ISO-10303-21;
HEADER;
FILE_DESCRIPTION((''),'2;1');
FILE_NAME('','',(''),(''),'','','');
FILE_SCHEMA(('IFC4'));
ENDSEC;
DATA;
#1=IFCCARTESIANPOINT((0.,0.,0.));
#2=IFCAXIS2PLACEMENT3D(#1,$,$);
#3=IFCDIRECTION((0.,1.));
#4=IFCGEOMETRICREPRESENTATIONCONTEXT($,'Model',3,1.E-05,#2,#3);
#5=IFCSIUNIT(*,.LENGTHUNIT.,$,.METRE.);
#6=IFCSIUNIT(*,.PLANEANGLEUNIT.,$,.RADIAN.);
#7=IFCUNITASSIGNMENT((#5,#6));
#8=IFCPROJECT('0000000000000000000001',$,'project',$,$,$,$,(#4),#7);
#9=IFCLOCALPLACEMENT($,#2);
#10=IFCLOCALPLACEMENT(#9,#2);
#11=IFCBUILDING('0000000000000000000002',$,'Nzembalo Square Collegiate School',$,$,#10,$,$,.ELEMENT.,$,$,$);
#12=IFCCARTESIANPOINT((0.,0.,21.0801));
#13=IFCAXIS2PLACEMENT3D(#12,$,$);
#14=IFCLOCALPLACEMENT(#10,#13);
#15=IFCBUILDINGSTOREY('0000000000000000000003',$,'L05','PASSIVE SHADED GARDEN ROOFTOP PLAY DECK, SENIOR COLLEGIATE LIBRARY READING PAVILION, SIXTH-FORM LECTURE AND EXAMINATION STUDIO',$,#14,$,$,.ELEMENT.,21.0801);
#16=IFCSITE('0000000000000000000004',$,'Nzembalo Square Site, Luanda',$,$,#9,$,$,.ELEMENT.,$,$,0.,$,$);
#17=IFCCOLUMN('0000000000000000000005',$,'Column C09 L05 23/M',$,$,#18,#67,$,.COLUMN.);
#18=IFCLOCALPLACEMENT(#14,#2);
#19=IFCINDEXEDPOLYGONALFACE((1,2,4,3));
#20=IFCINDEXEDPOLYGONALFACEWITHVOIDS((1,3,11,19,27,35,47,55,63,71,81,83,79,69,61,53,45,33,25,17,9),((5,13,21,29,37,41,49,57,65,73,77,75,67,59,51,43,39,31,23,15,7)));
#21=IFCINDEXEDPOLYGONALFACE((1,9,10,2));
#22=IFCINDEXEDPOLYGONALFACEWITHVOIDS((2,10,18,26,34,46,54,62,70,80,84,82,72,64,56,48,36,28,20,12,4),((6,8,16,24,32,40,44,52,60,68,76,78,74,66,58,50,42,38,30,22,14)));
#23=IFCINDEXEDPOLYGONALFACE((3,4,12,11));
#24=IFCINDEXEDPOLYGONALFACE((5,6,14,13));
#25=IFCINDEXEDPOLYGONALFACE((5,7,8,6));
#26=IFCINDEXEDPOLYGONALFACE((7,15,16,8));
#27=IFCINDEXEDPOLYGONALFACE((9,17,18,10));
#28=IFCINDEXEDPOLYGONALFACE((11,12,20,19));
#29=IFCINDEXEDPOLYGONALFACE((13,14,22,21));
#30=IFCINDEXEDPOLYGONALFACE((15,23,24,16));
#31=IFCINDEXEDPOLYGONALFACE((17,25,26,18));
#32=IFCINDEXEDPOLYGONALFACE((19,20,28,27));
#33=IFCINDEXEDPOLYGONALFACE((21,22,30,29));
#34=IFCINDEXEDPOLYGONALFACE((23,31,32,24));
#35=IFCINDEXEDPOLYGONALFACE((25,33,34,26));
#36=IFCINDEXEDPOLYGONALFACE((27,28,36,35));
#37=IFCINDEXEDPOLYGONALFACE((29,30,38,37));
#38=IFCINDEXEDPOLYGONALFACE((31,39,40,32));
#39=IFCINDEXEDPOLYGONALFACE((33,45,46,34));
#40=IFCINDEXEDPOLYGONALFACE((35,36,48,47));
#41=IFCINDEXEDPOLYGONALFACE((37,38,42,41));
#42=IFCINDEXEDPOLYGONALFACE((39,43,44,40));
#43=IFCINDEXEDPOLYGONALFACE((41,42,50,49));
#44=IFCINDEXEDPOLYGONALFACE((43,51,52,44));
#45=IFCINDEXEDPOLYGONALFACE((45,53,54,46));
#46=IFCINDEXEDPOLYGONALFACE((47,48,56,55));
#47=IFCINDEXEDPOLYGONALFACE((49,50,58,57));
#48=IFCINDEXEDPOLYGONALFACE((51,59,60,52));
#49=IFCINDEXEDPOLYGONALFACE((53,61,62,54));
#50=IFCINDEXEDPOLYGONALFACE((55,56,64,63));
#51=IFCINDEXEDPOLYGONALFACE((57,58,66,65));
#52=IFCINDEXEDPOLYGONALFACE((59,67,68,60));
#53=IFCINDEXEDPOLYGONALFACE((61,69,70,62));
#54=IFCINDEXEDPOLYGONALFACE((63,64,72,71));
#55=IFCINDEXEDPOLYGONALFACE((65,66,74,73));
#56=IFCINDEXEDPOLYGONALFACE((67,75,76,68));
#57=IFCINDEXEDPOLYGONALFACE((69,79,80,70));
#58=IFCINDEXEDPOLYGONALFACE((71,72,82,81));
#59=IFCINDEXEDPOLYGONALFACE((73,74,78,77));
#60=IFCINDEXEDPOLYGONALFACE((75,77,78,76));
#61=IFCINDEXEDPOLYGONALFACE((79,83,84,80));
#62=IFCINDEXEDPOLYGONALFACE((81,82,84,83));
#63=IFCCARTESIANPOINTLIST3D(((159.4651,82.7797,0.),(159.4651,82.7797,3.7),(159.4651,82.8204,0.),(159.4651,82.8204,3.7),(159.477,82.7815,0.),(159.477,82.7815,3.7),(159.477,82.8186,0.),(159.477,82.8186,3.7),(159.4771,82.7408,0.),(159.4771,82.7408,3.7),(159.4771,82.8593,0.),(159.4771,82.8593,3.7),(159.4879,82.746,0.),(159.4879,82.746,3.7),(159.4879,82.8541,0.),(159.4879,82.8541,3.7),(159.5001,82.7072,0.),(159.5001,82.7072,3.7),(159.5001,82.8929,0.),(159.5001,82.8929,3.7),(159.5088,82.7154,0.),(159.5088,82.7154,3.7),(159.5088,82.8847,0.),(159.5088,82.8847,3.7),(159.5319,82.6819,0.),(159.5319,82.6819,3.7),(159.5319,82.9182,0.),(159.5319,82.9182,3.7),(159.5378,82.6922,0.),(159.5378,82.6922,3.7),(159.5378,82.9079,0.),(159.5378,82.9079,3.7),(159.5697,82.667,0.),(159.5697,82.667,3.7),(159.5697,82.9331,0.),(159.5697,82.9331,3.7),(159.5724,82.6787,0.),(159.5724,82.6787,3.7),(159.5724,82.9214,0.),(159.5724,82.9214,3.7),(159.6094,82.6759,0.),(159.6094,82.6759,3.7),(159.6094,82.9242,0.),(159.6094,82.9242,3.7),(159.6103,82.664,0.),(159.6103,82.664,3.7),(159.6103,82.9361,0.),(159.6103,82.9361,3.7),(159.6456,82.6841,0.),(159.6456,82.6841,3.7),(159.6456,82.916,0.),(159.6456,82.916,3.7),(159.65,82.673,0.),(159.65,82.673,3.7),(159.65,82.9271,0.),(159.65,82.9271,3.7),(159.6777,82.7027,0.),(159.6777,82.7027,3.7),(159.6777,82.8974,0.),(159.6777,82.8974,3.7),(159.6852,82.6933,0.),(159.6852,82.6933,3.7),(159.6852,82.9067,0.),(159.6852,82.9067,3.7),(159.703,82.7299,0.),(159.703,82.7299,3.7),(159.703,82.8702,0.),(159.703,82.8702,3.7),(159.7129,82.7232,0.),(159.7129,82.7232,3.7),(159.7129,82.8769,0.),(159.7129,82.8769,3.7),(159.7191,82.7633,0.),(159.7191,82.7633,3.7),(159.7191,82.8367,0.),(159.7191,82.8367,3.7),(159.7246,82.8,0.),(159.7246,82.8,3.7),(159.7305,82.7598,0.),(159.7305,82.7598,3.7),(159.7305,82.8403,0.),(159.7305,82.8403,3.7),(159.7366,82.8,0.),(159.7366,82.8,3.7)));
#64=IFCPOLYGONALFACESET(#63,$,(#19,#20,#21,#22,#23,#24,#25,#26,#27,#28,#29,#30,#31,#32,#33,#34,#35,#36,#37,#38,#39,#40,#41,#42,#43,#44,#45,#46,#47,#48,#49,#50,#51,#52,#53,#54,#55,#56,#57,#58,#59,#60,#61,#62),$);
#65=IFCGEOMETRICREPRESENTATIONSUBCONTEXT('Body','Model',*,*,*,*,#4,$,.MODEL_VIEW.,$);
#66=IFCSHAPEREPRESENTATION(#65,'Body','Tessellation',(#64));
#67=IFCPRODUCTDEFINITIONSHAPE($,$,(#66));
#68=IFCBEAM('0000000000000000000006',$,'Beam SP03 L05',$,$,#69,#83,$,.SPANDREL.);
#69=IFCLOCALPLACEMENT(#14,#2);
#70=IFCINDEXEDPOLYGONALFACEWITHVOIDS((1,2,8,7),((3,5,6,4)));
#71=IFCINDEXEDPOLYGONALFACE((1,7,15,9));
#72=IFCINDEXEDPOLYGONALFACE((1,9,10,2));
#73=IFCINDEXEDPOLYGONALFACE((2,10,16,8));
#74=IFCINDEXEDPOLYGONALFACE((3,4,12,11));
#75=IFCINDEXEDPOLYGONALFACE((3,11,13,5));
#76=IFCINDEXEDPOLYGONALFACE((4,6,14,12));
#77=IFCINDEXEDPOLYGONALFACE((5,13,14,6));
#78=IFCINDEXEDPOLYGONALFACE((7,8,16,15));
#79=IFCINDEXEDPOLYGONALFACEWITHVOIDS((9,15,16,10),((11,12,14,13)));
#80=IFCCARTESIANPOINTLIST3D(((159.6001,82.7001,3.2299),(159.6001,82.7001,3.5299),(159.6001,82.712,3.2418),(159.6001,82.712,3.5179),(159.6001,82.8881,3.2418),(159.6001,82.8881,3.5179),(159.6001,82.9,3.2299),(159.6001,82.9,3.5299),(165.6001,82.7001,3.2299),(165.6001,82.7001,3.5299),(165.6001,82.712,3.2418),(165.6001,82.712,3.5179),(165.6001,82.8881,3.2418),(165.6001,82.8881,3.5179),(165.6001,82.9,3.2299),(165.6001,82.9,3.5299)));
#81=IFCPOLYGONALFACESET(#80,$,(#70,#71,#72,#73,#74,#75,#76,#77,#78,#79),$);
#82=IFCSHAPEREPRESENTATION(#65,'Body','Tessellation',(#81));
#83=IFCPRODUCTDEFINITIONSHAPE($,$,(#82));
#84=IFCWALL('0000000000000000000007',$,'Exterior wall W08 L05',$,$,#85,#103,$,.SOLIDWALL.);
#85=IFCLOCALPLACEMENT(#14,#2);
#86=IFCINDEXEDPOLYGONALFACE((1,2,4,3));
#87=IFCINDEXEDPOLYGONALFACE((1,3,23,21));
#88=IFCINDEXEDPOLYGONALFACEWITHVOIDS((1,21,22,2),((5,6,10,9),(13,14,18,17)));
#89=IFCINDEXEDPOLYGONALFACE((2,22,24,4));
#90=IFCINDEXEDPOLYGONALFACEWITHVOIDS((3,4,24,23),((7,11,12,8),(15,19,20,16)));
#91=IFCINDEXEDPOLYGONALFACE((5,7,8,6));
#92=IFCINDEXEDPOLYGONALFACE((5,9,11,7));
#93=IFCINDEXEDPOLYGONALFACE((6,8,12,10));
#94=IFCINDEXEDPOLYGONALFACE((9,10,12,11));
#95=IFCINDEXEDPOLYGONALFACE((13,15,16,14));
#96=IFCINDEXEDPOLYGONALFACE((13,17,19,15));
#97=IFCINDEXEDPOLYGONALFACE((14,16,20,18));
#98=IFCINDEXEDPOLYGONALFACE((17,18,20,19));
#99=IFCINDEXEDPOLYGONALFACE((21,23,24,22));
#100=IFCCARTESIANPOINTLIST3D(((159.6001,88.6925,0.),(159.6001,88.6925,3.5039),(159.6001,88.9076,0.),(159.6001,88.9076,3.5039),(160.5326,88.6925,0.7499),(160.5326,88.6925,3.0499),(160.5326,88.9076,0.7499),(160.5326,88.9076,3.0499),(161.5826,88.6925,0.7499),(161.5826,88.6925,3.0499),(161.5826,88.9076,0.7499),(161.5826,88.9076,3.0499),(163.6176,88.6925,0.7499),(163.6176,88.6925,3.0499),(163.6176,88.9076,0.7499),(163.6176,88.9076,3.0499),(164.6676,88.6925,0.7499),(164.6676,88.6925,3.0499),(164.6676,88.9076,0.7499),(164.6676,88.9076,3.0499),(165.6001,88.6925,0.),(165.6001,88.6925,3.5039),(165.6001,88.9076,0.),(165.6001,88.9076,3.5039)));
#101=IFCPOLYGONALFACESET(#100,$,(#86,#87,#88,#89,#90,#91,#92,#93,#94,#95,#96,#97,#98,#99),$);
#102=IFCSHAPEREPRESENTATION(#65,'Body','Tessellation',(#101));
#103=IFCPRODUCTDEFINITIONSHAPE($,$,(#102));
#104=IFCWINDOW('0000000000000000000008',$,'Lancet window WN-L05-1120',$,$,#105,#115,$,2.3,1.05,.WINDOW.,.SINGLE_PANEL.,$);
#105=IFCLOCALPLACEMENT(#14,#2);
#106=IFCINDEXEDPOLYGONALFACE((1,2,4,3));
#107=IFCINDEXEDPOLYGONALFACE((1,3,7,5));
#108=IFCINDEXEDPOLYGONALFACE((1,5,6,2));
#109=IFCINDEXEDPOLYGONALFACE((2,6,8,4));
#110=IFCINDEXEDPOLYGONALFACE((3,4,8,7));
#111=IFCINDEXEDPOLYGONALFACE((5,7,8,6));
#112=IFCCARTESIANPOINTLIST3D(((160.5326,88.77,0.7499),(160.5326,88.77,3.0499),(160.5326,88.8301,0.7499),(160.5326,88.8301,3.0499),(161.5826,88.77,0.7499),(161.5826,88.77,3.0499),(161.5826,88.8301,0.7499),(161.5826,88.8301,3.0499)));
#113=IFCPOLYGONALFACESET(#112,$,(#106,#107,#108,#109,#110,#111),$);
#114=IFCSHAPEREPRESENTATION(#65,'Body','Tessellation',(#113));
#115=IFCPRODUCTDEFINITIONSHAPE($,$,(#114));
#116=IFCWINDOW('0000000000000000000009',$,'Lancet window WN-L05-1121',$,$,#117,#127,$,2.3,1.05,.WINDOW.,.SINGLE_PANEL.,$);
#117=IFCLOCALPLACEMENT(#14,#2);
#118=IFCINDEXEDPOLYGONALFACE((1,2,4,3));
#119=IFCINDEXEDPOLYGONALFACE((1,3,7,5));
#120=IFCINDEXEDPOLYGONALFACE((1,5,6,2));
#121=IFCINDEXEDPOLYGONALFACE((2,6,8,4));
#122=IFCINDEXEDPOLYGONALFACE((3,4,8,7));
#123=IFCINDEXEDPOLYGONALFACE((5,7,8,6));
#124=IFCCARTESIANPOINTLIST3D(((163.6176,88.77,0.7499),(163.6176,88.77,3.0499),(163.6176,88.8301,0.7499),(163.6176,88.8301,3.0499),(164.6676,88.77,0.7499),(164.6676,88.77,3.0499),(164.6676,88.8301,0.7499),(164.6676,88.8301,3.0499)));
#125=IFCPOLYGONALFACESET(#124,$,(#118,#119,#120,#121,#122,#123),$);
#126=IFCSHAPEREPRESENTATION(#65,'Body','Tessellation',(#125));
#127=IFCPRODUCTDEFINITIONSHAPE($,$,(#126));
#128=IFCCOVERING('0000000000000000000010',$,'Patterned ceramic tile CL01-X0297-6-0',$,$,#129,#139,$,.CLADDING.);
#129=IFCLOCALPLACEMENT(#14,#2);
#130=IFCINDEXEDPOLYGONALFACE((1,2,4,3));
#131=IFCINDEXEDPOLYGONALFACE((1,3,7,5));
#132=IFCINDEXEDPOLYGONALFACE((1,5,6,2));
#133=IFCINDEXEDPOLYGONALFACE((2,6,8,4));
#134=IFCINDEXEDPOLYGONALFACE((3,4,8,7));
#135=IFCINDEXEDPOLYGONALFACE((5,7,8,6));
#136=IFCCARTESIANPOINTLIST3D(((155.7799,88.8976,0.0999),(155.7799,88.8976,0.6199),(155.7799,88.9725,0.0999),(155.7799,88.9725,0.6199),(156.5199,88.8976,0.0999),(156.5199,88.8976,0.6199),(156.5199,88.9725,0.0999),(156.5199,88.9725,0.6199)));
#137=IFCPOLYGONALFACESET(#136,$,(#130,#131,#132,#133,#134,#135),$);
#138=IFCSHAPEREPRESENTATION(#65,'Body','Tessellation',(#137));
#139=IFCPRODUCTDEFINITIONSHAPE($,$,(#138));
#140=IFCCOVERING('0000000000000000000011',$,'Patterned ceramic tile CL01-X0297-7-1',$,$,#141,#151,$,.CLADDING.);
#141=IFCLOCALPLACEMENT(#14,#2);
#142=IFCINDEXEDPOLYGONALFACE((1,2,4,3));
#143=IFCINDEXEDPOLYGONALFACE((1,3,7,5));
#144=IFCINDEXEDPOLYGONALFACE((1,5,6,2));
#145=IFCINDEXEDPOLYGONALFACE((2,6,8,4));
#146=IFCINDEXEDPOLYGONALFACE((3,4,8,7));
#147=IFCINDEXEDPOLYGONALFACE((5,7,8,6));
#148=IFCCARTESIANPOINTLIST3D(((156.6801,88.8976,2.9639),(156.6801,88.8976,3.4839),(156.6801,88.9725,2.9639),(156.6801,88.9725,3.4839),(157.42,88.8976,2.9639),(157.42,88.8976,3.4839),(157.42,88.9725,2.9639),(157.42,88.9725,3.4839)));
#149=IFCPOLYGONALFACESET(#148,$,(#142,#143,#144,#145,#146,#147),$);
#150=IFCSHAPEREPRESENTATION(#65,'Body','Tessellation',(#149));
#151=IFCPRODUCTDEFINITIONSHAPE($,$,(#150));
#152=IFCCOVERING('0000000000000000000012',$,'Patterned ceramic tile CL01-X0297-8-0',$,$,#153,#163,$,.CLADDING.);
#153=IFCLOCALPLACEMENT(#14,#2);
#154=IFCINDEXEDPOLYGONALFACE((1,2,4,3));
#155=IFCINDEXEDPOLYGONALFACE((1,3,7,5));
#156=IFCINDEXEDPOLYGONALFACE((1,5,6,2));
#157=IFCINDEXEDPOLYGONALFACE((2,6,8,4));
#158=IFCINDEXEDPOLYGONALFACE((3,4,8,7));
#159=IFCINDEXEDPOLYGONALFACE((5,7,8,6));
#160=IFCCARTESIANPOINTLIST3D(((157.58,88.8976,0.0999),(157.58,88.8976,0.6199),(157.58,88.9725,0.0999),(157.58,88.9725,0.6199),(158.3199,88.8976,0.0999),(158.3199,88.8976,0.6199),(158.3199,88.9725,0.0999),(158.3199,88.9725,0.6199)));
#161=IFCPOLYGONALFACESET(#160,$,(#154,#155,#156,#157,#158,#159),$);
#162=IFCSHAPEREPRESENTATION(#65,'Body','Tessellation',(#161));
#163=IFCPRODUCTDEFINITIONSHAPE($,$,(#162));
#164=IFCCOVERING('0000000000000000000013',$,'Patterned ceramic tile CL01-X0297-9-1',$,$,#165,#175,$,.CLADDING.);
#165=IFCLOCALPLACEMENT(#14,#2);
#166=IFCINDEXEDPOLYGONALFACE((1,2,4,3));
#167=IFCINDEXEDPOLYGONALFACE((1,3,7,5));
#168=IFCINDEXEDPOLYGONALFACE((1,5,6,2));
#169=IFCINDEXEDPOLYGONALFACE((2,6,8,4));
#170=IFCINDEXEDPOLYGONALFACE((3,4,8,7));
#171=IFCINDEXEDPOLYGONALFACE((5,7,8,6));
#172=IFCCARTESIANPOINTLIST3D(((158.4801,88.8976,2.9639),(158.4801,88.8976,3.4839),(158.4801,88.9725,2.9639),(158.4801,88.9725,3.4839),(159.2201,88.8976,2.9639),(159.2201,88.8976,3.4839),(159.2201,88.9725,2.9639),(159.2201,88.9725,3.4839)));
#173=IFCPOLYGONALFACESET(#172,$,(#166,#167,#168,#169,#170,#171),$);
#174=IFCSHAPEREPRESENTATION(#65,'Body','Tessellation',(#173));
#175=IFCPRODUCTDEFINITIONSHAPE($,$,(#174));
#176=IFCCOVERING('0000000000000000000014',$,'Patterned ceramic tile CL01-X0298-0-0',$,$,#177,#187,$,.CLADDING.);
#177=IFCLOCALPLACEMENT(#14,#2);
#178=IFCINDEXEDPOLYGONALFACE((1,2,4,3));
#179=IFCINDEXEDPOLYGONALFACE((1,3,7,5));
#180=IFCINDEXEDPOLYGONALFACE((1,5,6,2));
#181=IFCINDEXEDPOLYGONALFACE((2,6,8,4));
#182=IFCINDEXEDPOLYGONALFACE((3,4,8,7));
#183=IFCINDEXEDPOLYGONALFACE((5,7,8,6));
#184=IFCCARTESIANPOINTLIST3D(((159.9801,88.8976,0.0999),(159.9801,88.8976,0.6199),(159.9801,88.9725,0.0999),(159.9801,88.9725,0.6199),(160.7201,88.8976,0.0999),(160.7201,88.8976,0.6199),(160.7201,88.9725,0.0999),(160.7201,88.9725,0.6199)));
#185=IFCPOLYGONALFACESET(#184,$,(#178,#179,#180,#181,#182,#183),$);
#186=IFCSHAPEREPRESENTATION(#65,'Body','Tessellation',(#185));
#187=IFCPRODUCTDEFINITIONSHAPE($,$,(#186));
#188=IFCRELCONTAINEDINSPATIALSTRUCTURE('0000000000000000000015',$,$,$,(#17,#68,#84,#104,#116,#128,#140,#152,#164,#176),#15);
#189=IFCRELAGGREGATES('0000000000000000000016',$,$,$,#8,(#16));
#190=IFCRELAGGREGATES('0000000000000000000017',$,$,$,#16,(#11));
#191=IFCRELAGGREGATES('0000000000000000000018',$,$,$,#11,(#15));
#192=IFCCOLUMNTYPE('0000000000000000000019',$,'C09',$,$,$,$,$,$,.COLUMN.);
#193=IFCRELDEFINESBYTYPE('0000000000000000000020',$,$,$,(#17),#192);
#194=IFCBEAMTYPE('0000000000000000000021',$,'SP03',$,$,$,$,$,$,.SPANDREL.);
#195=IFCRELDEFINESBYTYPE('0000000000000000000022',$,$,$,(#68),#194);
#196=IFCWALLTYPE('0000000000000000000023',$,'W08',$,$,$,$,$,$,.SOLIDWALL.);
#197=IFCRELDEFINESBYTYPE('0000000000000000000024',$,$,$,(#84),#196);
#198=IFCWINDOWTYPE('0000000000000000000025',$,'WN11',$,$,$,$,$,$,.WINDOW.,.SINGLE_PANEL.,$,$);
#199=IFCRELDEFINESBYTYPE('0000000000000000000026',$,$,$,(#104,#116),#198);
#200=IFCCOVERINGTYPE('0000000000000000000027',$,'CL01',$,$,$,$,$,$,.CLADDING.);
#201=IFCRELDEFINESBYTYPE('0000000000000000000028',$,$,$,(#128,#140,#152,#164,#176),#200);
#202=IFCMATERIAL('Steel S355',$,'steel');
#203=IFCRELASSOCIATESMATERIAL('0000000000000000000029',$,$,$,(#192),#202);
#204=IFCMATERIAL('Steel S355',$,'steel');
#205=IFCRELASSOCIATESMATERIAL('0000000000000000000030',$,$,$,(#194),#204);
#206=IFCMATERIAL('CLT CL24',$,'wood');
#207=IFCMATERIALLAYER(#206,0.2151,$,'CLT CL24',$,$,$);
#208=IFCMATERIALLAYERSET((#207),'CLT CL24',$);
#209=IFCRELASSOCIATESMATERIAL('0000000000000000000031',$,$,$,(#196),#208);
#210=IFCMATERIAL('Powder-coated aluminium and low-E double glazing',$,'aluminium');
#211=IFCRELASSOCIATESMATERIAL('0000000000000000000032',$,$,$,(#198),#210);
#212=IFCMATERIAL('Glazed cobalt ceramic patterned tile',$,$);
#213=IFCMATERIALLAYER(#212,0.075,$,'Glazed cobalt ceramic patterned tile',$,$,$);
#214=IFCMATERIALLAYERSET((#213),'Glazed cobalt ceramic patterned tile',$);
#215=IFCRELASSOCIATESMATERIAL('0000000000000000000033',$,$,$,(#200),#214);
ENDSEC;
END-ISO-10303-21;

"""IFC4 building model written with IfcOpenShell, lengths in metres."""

from ifc_helpers import new_model, si_unit, direction, frame, frame_2d, origin, origin_2d, place, context, subcontext, project, spatial, rectangle, hollow_rectangle, hollow_circle, extrude, material, layer, layer_set, material_profile, profile_set, type_object, element, fill, save


model = new_model("IFC4")

# Units and contexts
model_context = context("Model", 3, precision=1e-05, world=origin(), true_north=direction((0.0, 1.0)))
body_context = subcontext(model_context, "Body", "Model", "MODEL_VIEW")
ifc_project = project(units=[si_unit("LENGTHUNIT", "METRE"), si_unit("PLANEANGLEUNIT", "RADIAN")], contexts=[model_context])

# Site, building, storey
site_placement = place(None, origin())
site = spatial("IfcSite", under=ifc_project, at=site_placement, Name="Nzembalo Square Site, Luanda", CompositionType="ELEMENT", RefElevation=0.0)
building_placement = place(site_placement, origin())
building = spatial("IfcBuilding", under=site, at=building_placement, Name="Nzembalo Square Collegiate School", CompositionType="ELEMENT")
storey_placement = place(building_placement, frame((0.0, 0.0, 21.0801)))
storey = spatial("IfcBuildingStorey", under=building, at=storey_placement, Name="L05", Description="PASSIVE SHADED GARDEN ROOFTOP PLAY DECK, SENIOR COLLEGIATE LIBRARY READING PAVILION, SIXTH-FORM LECTURE AND EXAMINATION STUDIO", CompositionType="ELEMENT", Elevation=21.0801)

# Column
ifc_material_1 = material(Name="Steel S355", Category="steel")
ifc_material_profile_1 = material_profile(ifc_material_1, hollow_circle(Radius=0.1365, WallThickness=0.012, at=origin_2d()), Name="CHS 273x12")
ifc_profile_set_1 = profile_set([ifc_material_profile_1], Name="Steel S355")
column_type = type_object("IfcColumnType", Name="C09", PredefinedType="COLUMN", material=ifc_profile_set_1)
column_placement = place(storey_placement, frame((159.6001, 82.8, 0.0), z_axis=(0.0, 0.0, 1.0), x_axis=(1.0, 0.0, 0.0)))
element("IfcColumn", 1, at=column_placement, inside=storey, type_object=column_type, Name="Column C09 L05 23/M", PredefinedType="COLUMN", context=body_context, shape_type="SweptSolid", body=[
    extrude(hollow_circle(Radius=0.1365, WallThickness=0.012, at=origin_2d()), origin(), (0.0, 0.0, 1.0), 3.7),
])

# Beam
ifc_material_2 = material(Name="Steel S355", Category="steel")
ifc_material_profile_2 = material_profile(ifc_material_2, hollow_rectangle(XDim=0.2, YDim=0.3, WallThickness=0.012, at=origin_2d()), Name="RHS 300x200x12")
ifc_profile_set_2 = profile_set([ifc_material_profile_2], Name="Steel S355")
beam_type = type_object("IfcBeamType", Name="SP03", PredefinedType="SPANDREL", material=ifc_profile_set_2)
beam_placement = place(storey_placement, frame((159.6001, 82.8, 3.3799), z_axis=(1.0, 0.0, 0.0), x_axis=(0.0, 1.0, 0.0)))
element("IfcBeam", 2, at=beam_placement, inside=storey, type_object=beam_type, Name="Beam SP03 L05", PredefinedType="SPANDREL", context=body_context, shape_type="SweptSolid", body=[
    extrude(hollow_rectangle(XDim=0.2, YDim=0.3, WallThickness=0.012, at=origin_2d()), origin(), (0.0, 0.0, 1.0), 6.0),
])

# Wall, openings, windows
ifc_material_3 = material(Name="CLT CL24", Category="wood")
ifc_layer_1 = layer(ifc_material_3, 0.2151, Name="CLT CL24")
ifc_layer_set_1 = layer_set([ifc_layer_1], Name="CLT CL24")
wall_type = type_object("IfcWallType", Name="W08", PredefinedType="SOLIDWALL", material=ifc_layer_set_1)
wall_placement = place(storey_placement, frame((159.6001, 88.8, 0.0), z_axis=(0.0, 0.0, 1.0), x_axis=(1.0, 0.0, 0.0)))
wall = element("IfcWall", 3, at=wall_placement, inside=storey, type_object=wall_type, Name="Exterior wall W08 L05", PredefinedType="SOLIDWALL", context=body_context, shape_type="SweptSolid", body=[
    extrude(rectangle(XDim=6.0, YDim=0.2151, at=frame_2d((3.0, 0.0))), origin(), (0.0, 0.0, 1.0), 3.5039),
])
opening_1_placement = place(wall_placement, frame((0.9326, 0.0, 0.75)))
opening_1 = element("IfcOpeningElement", 4, at=opening_1_placement, cuts=wall, PredefinedType="OPENING", context=body_context, shape_type="SweptSolid", body=[
    extrude(rectangle(XDim=1.05, YDim=2.3, at=frame_2d((0.5249, 1.1499))), frame((0.0, 0.1177, 0.0), z_axis=(0.0, -1.0, 0.0), x_axis=(1.0, 0.0, 0.0)), (0.0, 0.0, 1.0), 0.2351),
])
opening_2_placement = place(wall_placement, frame((4.0176, 0.0, 0.75)))
opening_2 = element("IfcOpeningElement", 5, at=opening_2_placement, cuts=wall, PredefinedType="OPENING", context=body_context, shape_type="SweptSolid", body=[
    extrude(rectangle(XDim=1.05, YDim=2.3, at=frame_2d((0.5249, 1.1499))), frame((0.0, 0.1177, 0.0), z_axis=(0.0, -1.0, 0.0), x_axis=(1.0, 0.0, 0.0)), (0.0, 0.0, 1.0), 0.2351),
])
ifc_material_4 = material(Name="Powder-coated aluminium and low-E double glazing", Category="aluminium")
window_type = type_object("IfcWindowType", Name="WN11", PartitioningType="SINGLE_PANEL", PredefinedType="WINDOW", material=ifc_material_4)
window_1_placement = place(opening_1_placement, origin())
window_1 = element("IfcWindow", 6, at=window_1_placement, inside=storey, type_object=window_type, Name="Lancet window WN-L05-1120", OverallHeight=2.3, OverallWidth=1.05, PartitioningType="SINGLE_PANEL", PredefinedType="WINDOW", context=body_context, shape_type="SweptSolid", body=[
    extrude(rectangle(XDim=1.05, YDim=2.3, at=frame_2d((0.5249, 1.1499))), frame((0.0, 0.03, 0.0), z_axis=(0.0, -1.0, 0.0), x_axis=(1.0, 0.0, 0.0)), (0.0, 0.0, 1.0), 0.0601),
])
fill(opening_1, window_1)
window_2_placement = place(opening_2_placement, origin())
window_2 = element("IfcWindow", 7, at=window_2_placement, inside=storey, type_object=window_type, Name="Lancet window WN-L05-1121", OverallHeight=2.3, OverallWidth=1.05, PartitioningType="SINGLE_PANEL", PredefinedType="WINDOW", context=body_context, shape_type="SweptSolid", body=[
    extrude(rectangle(XDim=1.05, YDim=2.3, at=frame_2d((0.5249, 1.1499))), frame((0.0, 0.03, 0.0), z_axis=(0.0, -1.0, 0.0), x_axis=(1.0, 0.0, 0.0)), (0.0, 0.0, 1.0), 0.0601),
])
fill(opening_2, window_2)

# Coverings
ifc_material_5 = material(Name="Glazed cobalt ceramic patterned tile")
ifc_layer_2 = layer(ifc_material_5, 0.075, Name="Glazed cobalt ceramic patterned tile")
ifc_layer_set_2 = layer_set([ifc_layer_2], Name="Glazed cobalt ceramic patterned tile")
covering_type_1 = type_object("IfcCoveringType", Name="CL01", PredefinedType="CLADDING", material=ifc_layer_set_2)
for number, where, z_axis, x_axis, name in (
    (8, (156.1499, 88.9351, 0.0999), (0.0, 0.0, 1.0), (1.0, 0.0, 0.0), "Patterned ceramic tile CL01-X0297-6-0"),
    (9, (157.05, 88.9351, 2.9639), (0.0, 0.0, 1.0), (1.0, 0.0, 0.0), "Patterned ceramic tile CL01-X0297-7-1"),
    (10, (157.95, 88.9351, 0.0999), (0.0, 0.0, 1.0), (1.0, 0.0, 0.0), "Patterned ceramic tile CL01-X0297-8-0"),
    (11, (158.8501, 88.9351, 2.9639), (0.0, 0.0, 1.0), (1.0, 0.0, 0.0), "Patterned ceramic tile CL01-X0297-9-1"),
    (12, (160.3501, 88.9351, 0.0999), (0.0, 0.0, 1.0), (1.0, 0.0, 0.0), "Patterned ceramic tile CL01-X0298-0-0"),
):
    element("IfcCovering", number, at=place(storey_placement, frame(where, z_axis=z_axis, x_axis=x_axis)), inside=storey, type_object=covering_type_1, Name=name, PredefinedType="CLADDING", context=body_context, shape_type="SweptSolid", body=[
        extrude(rectangle(XDim=0.74, YDim=0.075, at=origin_2d()), origin(), (0.0, 0.0, 1.0), 0.52),
    ])

save(model, "model.ifc")
